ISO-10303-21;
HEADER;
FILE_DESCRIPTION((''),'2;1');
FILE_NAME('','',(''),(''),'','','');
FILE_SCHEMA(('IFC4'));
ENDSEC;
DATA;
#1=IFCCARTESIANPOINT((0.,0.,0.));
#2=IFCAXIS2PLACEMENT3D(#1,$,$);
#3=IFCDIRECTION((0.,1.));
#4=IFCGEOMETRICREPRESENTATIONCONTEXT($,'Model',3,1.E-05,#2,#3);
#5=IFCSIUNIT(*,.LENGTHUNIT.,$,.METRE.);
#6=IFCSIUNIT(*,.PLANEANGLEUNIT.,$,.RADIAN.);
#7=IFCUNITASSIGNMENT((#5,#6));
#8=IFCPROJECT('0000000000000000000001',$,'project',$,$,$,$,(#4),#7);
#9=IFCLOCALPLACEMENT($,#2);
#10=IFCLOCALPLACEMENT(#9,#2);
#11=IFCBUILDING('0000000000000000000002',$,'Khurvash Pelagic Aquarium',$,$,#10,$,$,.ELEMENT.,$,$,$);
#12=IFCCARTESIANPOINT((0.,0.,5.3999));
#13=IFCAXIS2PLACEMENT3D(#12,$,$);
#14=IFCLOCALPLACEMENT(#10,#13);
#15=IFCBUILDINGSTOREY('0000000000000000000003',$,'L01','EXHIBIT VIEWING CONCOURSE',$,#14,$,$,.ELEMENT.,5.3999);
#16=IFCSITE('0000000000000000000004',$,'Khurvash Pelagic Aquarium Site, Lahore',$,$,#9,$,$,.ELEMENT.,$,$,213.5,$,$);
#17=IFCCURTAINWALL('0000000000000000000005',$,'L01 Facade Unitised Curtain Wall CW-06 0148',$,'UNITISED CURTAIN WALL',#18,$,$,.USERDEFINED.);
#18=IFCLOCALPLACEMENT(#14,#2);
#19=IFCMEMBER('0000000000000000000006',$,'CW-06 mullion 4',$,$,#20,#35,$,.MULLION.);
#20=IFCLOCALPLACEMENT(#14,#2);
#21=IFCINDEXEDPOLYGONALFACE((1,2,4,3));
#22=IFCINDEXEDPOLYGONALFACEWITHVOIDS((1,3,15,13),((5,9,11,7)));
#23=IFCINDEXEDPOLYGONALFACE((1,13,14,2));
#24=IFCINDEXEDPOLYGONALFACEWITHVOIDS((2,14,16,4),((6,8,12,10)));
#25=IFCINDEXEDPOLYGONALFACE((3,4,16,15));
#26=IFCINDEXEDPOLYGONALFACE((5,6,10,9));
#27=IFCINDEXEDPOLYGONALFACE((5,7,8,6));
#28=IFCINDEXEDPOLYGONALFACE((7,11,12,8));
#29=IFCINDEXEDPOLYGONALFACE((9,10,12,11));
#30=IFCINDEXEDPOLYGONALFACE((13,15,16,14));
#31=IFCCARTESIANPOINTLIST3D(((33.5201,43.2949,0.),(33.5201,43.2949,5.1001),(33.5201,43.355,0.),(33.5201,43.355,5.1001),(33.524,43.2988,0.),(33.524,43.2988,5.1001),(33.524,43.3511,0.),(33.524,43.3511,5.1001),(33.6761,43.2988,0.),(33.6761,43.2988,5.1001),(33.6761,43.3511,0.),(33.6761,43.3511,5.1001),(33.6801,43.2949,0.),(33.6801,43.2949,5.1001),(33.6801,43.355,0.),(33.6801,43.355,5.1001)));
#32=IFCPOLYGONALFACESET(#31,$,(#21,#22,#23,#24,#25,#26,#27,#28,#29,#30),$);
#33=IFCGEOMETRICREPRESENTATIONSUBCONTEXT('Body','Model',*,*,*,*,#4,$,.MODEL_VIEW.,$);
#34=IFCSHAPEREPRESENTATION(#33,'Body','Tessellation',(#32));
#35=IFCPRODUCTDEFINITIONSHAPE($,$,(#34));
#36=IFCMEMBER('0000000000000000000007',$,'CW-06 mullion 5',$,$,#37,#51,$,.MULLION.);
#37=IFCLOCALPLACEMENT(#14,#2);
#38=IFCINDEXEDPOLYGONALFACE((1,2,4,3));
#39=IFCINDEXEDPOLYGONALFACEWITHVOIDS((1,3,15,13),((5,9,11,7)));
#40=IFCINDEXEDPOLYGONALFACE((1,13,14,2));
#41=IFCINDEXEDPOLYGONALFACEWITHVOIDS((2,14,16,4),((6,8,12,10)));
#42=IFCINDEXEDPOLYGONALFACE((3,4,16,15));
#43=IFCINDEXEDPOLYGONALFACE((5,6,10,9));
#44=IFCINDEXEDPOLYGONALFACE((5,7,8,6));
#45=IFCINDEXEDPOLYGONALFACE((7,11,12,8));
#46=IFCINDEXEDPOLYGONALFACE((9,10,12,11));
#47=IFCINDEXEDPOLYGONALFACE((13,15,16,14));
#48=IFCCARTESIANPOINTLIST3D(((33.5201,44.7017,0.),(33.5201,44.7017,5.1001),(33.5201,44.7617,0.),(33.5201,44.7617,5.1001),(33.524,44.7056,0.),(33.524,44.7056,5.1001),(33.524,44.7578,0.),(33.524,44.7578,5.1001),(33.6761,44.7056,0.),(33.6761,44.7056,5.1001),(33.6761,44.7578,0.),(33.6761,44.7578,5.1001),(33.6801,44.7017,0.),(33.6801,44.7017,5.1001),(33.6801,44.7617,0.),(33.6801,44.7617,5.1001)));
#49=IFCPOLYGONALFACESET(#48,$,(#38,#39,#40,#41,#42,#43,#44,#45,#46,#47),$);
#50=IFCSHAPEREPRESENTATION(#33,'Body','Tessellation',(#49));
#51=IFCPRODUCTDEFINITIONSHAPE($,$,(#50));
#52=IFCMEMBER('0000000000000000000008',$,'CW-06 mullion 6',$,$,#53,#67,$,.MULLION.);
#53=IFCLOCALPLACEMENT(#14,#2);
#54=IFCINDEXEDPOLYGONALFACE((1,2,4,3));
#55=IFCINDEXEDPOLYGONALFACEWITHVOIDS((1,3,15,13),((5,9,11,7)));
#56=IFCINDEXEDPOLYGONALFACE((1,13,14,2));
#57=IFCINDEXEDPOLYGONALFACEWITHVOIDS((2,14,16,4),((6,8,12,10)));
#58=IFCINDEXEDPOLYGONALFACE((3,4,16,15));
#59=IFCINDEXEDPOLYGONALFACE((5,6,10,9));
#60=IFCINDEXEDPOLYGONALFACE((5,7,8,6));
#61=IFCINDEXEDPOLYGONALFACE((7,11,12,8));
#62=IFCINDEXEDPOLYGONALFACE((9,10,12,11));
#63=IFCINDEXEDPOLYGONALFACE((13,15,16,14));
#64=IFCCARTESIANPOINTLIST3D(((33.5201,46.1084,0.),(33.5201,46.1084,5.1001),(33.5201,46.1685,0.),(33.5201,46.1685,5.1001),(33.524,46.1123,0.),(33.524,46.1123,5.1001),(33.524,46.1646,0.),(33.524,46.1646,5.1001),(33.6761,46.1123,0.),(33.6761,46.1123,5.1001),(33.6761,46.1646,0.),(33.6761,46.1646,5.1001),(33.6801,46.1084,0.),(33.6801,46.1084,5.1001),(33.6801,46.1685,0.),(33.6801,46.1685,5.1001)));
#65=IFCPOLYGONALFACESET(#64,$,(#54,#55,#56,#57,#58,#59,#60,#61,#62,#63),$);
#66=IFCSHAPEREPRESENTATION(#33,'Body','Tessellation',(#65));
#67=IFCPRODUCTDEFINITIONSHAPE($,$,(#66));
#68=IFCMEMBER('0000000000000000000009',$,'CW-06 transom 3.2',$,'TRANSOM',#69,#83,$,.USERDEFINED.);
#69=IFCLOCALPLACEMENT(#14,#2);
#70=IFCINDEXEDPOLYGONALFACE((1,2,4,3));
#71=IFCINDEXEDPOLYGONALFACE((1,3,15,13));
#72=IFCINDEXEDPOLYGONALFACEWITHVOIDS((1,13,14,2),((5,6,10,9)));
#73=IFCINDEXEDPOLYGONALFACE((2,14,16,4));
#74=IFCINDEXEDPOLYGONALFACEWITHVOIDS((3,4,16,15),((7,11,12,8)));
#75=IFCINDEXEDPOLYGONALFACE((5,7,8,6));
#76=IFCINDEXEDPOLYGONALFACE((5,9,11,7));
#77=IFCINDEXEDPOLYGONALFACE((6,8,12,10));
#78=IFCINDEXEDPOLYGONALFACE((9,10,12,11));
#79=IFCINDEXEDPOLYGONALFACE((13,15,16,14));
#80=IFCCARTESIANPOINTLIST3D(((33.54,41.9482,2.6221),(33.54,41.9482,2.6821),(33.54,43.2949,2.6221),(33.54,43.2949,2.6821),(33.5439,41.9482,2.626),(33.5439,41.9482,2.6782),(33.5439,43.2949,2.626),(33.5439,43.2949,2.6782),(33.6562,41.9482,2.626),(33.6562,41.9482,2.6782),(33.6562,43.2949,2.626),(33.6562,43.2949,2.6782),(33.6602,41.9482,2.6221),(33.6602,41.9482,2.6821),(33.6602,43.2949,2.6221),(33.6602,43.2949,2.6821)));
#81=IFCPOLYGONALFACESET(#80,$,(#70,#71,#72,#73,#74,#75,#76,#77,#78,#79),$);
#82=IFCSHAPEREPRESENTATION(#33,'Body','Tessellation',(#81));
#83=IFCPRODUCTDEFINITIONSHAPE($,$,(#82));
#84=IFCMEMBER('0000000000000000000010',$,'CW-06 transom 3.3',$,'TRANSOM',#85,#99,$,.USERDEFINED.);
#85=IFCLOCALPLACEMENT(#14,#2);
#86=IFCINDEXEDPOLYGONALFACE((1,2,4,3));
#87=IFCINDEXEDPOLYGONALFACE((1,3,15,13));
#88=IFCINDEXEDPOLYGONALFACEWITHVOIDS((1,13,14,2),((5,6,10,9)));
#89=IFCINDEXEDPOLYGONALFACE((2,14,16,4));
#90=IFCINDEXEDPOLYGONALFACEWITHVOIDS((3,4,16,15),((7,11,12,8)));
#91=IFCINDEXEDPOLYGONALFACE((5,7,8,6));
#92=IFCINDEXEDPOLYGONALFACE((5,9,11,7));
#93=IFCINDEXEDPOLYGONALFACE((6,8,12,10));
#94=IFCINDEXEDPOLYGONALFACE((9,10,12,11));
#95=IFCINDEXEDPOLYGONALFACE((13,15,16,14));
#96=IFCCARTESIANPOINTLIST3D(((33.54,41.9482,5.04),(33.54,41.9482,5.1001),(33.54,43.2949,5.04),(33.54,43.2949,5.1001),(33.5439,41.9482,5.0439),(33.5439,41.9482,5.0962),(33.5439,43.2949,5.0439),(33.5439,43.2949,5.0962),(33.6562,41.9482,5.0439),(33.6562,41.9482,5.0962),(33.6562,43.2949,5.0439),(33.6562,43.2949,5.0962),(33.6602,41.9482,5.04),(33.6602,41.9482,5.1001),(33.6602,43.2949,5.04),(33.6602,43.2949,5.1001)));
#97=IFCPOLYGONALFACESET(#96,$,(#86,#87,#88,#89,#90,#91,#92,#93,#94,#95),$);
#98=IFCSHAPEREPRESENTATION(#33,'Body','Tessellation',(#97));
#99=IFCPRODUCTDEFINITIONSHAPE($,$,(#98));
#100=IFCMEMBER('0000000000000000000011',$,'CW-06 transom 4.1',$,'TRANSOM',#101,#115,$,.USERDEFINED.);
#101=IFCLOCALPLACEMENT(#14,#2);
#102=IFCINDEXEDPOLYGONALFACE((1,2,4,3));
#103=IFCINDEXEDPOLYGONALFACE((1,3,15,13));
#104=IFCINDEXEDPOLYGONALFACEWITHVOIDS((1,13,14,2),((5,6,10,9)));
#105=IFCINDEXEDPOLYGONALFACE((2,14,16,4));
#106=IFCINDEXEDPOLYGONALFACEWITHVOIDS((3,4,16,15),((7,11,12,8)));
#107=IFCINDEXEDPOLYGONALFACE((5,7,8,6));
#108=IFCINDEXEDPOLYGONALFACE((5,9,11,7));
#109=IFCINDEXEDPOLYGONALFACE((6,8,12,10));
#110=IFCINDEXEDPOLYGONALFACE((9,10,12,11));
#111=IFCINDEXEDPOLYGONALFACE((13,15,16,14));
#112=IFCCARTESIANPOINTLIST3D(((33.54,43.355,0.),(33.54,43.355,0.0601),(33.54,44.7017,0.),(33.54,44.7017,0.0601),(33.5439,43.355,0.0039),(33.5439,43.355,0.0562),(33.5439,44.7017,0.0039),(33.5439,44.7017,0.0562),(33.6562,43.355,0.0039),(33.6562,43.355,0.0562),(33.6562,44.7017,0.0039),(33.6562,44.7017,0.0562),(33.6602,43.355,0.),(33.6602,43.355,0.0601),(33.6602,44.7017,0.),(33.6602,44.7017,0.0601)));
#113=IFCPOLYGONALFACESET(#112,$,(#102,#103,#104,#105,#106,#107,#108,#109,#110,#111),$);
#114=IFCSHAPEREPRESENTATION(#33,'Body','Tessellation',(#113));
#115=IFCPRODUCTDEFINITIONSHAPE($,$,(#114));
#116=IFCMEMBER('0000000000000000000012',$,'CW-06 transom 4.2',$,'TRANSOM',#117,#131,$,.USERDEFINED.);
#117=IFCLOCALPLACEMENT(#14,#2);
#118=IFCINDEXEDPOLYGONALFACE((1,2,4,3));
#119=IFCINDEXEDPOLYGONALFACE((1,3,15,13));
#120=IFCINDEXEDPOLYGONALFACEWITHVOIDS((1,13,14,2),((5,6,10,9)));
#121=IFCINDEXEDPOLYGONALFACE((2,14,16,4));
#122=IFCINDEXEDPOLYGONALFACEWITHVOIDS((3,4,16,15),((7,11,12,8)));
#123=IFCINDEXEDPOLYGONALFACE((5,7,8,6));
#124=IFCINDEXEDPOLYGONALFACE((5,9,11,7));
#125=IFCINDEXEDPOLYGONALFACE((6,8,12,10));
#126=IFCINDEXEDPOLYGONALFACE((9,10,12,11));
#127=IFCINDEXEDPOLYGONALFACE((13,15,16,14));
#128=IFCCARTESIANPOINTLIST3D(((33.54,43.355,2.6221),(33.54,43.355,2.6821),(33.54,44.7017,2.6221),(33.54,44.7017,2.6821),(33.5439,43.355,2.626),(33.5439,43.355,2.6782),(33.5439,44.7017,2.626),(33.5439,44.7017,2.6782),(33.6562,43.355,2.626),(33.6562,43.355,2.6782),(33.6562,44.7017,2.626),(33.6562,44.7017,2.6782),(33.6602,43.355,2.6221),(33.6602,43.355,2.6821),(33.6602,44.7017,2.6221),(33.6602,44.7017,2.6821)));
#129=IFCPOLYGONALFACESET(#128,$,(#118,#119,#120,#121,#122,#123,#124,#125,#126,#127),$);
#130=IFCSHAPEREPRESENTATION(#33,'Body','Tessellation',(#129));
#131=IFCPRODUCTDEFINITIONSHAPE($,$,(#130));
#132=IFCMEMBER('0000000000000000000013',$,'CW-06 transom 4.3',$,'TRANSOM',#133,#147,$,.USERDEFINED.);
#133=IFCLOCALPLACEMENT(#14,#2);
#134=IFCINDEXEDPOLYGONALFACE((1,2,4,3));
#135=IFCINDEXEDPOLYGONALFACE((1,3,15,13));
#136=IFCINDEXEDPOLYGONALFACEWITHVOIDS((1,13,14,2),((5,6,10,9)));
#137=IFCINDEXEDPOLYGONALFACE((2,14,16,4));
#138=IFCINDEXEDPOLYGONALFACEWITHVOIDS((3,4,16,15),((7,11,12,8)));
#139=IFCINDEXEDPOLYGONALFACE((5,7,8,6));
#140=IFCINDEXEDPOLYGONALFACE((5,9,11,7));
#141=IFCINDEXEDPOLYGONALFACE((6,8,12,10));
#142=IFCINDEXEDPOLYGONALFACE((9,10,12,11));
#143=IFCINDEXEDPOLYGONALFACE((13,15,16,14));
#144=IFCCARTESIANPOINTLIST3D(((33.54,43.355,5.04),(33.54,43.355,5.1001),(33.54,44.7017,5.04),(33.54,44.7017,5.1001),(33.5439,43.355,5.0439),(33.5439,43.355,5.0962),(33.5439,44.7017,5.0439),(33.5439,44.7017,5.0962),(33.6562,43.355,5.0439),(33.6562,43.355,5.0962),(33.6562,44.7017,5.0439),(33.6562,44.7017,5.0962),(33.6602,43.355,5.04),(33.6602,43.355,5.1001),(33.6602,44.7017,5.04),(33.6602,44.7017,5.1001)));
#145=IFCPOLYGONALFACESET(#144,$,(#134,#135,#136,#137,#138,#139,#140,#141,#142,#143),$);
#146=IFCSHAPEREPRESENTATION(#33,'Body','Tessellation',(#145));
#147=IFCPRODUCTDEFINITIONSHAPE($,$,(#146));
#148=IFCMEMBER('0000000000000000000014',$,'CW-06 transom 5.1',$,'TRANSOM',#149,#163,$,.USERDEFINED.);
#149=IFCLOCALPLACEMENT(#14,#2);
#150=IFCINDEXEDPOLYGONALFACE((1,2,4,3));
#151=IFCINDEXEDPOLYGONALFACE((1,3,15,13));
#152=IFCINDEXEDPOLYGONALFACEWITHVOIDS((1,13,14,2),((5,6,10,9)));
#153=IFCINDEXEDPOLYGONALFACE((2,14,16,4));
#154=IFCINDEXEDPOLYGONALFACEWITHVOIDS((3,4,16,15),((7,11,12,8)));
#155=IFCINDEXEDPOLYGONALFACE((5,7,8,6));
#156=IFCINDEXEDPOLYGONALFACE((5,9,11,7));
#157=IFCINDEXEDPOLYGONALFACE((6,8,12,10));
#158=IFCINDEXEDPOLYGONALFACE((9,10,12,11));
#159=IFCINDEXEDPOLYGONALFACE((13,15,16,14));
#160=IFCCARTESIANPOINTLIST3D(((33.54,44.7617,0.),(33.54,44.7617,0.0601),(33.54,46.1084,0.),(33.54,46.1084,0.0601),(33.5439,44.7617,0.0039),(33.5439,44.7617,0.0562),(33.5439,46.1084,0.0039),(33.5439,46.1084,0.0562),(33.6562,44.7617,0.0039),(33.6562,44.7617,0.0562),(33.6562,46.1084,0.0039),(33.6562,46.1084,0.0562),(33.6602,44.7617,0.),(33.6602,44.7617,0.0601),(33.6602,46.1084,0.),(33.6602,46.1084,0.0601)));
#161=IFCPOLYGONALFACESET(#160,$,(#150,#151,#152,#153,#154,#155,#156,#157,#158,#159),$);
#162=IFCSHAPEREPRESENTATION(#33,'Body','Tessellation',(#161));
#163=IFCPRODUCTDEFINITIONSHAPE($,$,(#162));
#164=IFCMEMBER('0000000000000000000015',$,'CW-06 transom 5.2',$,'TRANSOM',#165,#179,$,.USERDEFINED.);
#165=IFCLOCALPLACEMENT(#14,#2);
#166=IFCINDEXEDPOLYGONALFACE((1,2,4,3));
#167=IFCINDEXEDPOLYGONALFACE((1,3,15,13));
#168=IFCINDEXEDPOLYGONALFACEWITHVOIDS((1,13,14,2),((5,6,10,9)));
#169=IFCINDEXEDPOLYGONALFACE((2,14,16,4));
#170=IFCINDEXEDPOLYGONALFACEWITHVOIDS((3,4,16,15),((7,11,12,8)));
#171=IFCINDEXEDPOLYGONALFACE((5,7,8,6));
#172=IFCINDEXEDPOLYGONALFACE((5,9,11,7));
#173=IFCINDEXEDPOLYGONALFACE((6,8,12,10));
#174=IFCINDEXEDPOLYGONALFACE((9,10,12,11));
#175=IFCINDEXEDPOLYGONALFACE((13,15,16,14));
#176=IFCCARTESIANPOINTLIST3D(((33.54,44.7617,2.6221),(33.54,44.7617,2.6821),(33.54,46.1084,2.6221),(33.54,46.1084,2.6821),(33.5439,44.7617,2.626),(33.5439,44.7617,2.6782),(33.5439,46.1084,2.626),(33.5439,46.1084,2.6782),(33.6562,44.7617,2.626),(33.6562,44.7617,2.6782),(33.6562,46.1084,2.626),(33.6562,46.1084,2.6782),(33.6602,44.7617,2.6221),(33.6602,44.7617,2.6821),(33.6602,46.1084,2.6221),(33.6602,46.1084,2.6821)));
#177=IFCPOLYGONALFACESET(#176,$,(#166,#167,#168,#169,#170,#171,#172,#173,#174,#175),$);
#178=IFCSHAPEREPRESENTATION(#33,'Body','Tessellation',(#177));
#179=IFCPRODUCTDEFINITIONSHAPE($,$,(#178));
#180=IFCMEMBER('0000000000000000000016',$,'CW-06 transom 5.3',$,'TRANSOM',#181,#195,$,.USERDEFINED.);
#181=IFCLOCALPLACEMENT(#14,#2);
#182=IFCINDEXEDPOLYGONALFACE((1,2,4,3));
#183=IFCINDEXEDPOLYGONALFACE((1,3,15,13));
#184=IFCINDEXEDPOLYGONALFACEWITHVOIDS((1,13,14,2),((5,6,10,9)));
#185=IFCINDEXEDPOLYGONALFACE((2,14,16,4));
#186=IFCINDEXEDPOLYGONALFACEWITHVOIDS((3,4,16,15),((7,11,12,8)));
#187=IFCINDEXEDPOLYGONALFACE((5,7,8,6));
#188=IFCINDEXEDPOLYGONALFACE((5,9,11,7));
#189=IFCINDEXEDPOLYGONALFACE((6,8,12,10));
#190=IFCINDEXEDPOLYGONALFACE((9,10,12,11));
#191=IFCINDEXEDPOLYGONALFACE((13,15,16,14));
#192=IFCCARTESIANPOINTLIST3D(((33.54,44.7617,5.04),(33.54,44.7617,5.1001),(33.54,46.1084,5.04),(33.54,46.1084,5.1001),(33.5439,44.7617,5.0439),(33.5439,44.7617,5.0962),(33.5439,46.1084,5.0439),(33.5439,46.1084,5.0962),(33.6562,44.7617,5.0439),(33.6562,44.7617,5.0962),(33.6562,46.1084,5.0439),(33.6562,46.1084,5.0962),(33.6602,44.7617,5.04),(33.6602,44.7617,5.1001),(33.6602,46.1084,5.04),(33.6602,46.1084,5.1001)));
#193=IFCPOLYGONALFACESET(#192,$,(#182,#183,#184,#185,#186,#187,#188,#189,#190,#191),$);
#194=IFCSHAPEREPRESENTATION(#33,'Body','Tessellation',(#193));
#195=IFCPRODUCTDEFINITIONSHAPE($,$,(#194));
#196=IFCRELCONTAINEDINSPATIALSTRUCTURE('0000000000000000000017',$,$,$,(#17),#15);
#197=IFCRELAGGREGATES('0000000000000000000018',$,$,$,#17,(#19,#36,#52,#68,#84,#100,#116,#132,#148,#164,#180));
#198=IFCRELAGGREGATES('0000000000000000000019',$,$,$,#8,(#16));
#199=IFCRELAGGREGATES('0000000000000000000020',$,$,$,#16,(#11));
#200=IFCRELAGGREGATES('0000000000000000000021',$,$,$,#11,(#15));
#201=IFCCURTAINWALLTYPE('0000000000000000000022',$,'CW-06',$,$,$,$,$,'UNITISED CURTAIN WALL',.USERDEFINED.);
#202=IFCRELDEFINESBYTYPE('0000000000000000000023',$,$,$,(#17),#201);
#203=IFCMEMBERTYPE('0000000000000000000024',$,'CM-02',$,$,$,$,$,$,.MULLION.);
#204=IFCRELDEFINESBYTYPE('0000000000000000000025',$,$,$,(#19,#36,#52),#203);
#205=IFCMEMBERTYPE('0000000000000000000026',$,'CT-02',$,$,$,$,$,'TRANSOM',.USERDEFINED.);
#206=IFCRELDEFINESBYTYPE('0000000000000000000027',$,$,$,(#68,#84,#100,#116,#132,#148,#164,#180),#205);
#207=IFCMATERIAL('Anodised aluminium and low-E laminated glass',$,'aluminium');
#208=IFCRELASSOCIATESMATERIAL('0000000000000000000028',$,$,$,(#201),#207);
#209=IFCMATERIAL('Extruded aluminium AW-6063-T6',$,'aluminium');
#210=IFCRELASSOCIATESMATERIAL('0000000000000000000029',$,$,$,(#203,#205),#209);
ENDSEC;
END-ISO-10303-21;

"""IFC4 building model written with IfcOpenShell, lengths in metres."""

from ifc_helpers import new_model, si_unit, direction, frame, origin, origin_2d, place, context, subcontext, project, spatial, hollow_rectangle, extrude, material, material_profile, profile_set, type_object, element, aggregate, save


model = new_model("IFC4")

# Units and contexts
model_context = context("Model", 3, precision=1e-05, world=origin(), true_north=direction((0.0, 1.0)))
body_context = subcontext(model_context, "Body", "Model", "MODEL_VIEW")
ifc_project = project(units=[si_unit("LENGTHUNIT", "METRE"), si_unit("PLANEANGLEUNIT", "RADIAN")], contexts=[model_context])

# Site, building, storey
site_placement = place(None, origin())
site = spatial("IfcSite", under=ifc_project, at=site_placement, Name="Khurvash Pelagic Aquarium Site, Lahore", CompositionType="ELEMENT", RefElevation=213.5)
building_placement = place(site_placement, origin())
building = spatial("IfcBuilding", under=site, at=building_placement, Name="Khurvash Pelagic Aquarium", CompositionType="ELEMENT")
storey_placement = place(building_placement, frame((0.0, 0.0, 5.3999)))
storey = spatial("IfcBuildingStorey", under=building, at=storey_placement, Name="L01", Description="EXHIBIT VIEWING CONCOURSE", CompositionType="ELEMENT", Elevation=5.3999)

# Curtain wall, members
ifc_material_1 = material(Name="Anodised aluminium and low-E laminated glass", Category="aluminium")
curtain_wall_type = type_object("IfcCurtainWallType", Name="CW-06", ElementType="UNITISED CURTAIN WALL", PredefinedType="USERDEFINED", material=ifc_material_1)
curtain_wall_placement = place(storey_placement, origin())
curtain_wall = element("IfcCurtainWall", 1, at=curtain_wall_placement, inside=storey, type_object=curtain_wall_type, Name="L01 Facade Unitised Curtain Wall CW-06 0148", ObjectType="UNITISED CURTAIN WALL", PredefinedType="USERDEFINED")
ifc_material_2 = material(Name="Extruded aluminium AW-6063-T6", Category="aluminium")
ifc_material_profile_1 = material_profile(ifc_material_2, hollow_rectangle(XDim=0.0601, YDim=0.1599, WallThickness=0.0039, at=origin_2d()), Name="CWM60X160X4")
ifc_profile_set_1 = profile_set([ifc_material_profile_1], Name="Extruded aluminium AW-6063-T6")
member_type_1 = type_object("IfcMemberType", Name="CM-02", PredefinedType="MULLION", material=ifc_profile_set_1)
member_1_placement = place(storey_placement, frame((33.6001, 43.325, 0.0), z_axis=(0.0, 0.0, 1.0), x_axis=(0.0, 1.0, 0.0)))
member_1 = element("IfcMember", 2, at=member_1_placement, type_object=member_type_1, Name="CW-06 mullion 4", PredefinedType="MULLION", context=body_context, shape_type="SweptSolid", body=[
    extrude(hollow_rectangle(XDim=0.0601, YDim=0.1599, WallThickness=0.0039, at=origin_2d()), origin(), (0.0, 0.0, 1.0), 5.1001),
])
member_2_placement = place(storey_placement, frame((33.6001, 44.7317, 0.0), z_axis=(0.0, 0.0, 1.0), x_axis=(0.0, 1.0, 0.0)))
member_2 = element("IfcMember", 3, at=member_2_placement, type_object=member_type_1, Name="CW-06 mullion 5", PredefinedType="MULLION", context=body_context, shape_type="SweptSolid", body=[
    extrude(hollow_rectangle(XDim=0.0601, YDim=0.1599, WallThickness=0.0039, at=origin_2d()), origin(), (0.0, 0.0, 1.0), 5.1001),
])
member_3_placement = place(storey_placement, frame((33.6001, 46.1384, 0.0), z_axis=(0.0, 0.0, 1.0), x_axis=(0.0, 1.0, 0.0)))
member_3 = element("IfcMember", 4, at=member_3_placement, type_object=member_type_1, Name="CW-06 mullion 6", PredefinedType="MULLION", context=body_context, shape_type="SweptSolid", body=[
    extrude(hollow_rectangle(XDim=0.0601, YDim=0.1599, WallThickness=0.0039, at=origin_2d()), origin(), (0.0, 0.0, 1.0), 5.1001),
])
ifc_material_profile_2 = material_profile(ifc_material_2, hollow_rectangle(XDim=0.1201, YDim=0.0601, WallThickness=0.0039, at=origin_2d()), Name="CWT120X60X4")
ifc_profile_set_2 = profile_set([ifc_material_profile_2], Name="Extruded aluminium AW-6063-T6")
member_type_2 = type_object("IfcMemberType", Name="CT-02", ElementType="TRANSOM", PredefinedType="USERDEFINED", material=ifc_profile_set_2)
member_4_placement = place(storey_placement, frame((33.6001, 41.9482, 2.6521), z_axis=(0.0, 1.0, 0.0), x_axis=(-1.0, 0.0, 0.0)))
member_4 = element("IfcMember", 5, at=member_4_placement, type_object=member_type_2, Name="CW-06 transom 3.2", ObjectType="TRANSOM", PredefinedType="USERDEFINED", context=body_context, shape_type="SweptSolid", body=[
    extrude(hollow_rectangle(XDim=0.1201, YDim=0.0601, WallThickness=0.0039, at=origin_2d()), origin(), (0.0, 0.0, 1.0), 1.3467),
])
member_5_placement = place(storey_placement, frame((33.6001, 41.9482, 5.0701), z_axis=(0.0, 1.0, 0.0), x_axis=(-1.0, 0.0, 0.0)))
member_5 = element("IfcMember", 6, at=member_5_placement, type_object=member_type_2, Name="CW-06 transom 3.3", ObjectType="TRANSOM", PredefinedType="USERDEFINED", context=body_context, shape_type="SweptSolid", body=[
    extrude(hollow_rectangle(XDim=0.1201, YDim=0.0601, WallThickness=0.0039, at=origin_2d()), origin(), (0.0, 0.0, 1.0), 1.3467),
])
member_6_placement = place(storey_placement, frame((33.6001, 43.355, 0.03), z_axis=(0.0, 1.0, 0.0), x_axis=(-1.0, 0.0, 0.0)))
member_6 = element("IfcMember", 7, at=member_6_placement, type_object=member_type_2, Name="CW-06 transom 4.1", ObjectType="TRANSOM", PredefinedType="USERDEFINED", context=body_context, shape_type="SweptSolid", body=[
    extrude(hollow_rectangle(XDim=0.1201, YDim=0.0601, WallThickness=0.0039, at=origin_2d()), origin(), (0.0, 0.0, 1.0), 1.3467),
])
member_7_placement = place(storey_placement, frame((33.6001, 43.355, 2.6521), z_axis=(0.0, 1.0, 0.0), x_axis=(-1.0, 0.0, 0.0)))
member_7 = element("IfcMember", 8, at=member_7_placement, type_object=member_type_2, Name="CW-06 transom 4.2", ObjectType="TRANSOM", PredefinedType="USERDEFINED", context=body_context, shape_type="SweptSolid", body=[
    extrude(hollow_rectangle(XDim=0.1201, YDim=0.0601, WallThickness=0.0039, at=origin_2d()), origin(), (0.0, 0.0, 1.0), 1.3467),
])
member_8_placement = place(storey_placement, frame((33.6001, 43.355, 5.0701), z_axis=(0.0, 1.0, 0.0), x_axis=(-1.0, 0.0, 0.0)))
member_8 = element("IfcMember", 9, at=member_8_placement, type_object=member_type_2, Name="CW-06 transom 4.3", ObjectType="TRANSOM", PredefinedType="USERDEFINED", context=body_context, shape_type="SweptSolid", body=[
    extrude(hollow_rectangle(XDim=0.1201, YDim=0.0601, WallThickness=0.0039, at=origin_2d()), origin(), (0.0, 0.0, 1.0), 1.3467),
])
member_9_placement = place(storey_placement, frame((33.6001, 44.7617, 0.03), z_axis=(0.0, 1.0, 0.0), x_axis=(-1.0, 0.0, 0.0)))
member_9 = element("IfcMember", 10, at=member_9_placement, type_object=member_type_2, Name="CW-06 transom 5.1", ObjectType="TRANSOM", PredefinedType="USERDEFINED", context=body_context, shape_type="SweptSolid", body=[
    extrude(hollow_rectangle(XDim=0.1201, YDim=0.0601, WallThickness=0.0039, at=origin_2d()), origin(), (0.0, 0.0, 1.0), 1.3467),
])
member_10_placement = place(storey_placement, frame((33.6001, 44.7617, 2.6521), z_axis=(0.0, 1.0, 0.0), x_axis=(-1.0, 0.0, 0.0)))
member_10 = element("IfcMember", 11, at=member_10_placement, type_object=member_type_2, Name="CW-06 transom 5.2", ObjectType="TRANSOM", PredefinedType="USERDEFINED", context=body_context, shape_type="SweptSolid", body=[
    extrude(hollow_rectangle(XDim=0.1201, YDim=0.0601, WallThickness=0.0039, at=origin_2d()), origin(), (0.0, 0.0, 1.0), 1.3467),
])
member_11_placement = place(storey_placement, frame((33.6001, 44.7617, 5.0701), z_axis=(0.0, 1.0, 0.0), x_axis=(-1.0, 0.0, 0.0)))
member_11 = element("IfcMember", 12, at=member_11_placement, type_object=member_type_2, Name="CW-06 transom 5.3", ObjectType="TRANSOM", PredefinedType="USERDEFINED", context=body_context, shape_type="SweptSolid", body=[
    extrude(hollow_rectangle(XDim=0.1201, YDim=0.0601, WallThickness=0.0039, at=origin_2d()), origin(), (0.0, 0.0, 1.0), 1.3467),
])
aggregate(curtain_wall, [member_1, member_2, member_3, member_4, member_5, member_6, member_7, member_8, member_9, member_10, member_11])

save(model, "model.ifc")
